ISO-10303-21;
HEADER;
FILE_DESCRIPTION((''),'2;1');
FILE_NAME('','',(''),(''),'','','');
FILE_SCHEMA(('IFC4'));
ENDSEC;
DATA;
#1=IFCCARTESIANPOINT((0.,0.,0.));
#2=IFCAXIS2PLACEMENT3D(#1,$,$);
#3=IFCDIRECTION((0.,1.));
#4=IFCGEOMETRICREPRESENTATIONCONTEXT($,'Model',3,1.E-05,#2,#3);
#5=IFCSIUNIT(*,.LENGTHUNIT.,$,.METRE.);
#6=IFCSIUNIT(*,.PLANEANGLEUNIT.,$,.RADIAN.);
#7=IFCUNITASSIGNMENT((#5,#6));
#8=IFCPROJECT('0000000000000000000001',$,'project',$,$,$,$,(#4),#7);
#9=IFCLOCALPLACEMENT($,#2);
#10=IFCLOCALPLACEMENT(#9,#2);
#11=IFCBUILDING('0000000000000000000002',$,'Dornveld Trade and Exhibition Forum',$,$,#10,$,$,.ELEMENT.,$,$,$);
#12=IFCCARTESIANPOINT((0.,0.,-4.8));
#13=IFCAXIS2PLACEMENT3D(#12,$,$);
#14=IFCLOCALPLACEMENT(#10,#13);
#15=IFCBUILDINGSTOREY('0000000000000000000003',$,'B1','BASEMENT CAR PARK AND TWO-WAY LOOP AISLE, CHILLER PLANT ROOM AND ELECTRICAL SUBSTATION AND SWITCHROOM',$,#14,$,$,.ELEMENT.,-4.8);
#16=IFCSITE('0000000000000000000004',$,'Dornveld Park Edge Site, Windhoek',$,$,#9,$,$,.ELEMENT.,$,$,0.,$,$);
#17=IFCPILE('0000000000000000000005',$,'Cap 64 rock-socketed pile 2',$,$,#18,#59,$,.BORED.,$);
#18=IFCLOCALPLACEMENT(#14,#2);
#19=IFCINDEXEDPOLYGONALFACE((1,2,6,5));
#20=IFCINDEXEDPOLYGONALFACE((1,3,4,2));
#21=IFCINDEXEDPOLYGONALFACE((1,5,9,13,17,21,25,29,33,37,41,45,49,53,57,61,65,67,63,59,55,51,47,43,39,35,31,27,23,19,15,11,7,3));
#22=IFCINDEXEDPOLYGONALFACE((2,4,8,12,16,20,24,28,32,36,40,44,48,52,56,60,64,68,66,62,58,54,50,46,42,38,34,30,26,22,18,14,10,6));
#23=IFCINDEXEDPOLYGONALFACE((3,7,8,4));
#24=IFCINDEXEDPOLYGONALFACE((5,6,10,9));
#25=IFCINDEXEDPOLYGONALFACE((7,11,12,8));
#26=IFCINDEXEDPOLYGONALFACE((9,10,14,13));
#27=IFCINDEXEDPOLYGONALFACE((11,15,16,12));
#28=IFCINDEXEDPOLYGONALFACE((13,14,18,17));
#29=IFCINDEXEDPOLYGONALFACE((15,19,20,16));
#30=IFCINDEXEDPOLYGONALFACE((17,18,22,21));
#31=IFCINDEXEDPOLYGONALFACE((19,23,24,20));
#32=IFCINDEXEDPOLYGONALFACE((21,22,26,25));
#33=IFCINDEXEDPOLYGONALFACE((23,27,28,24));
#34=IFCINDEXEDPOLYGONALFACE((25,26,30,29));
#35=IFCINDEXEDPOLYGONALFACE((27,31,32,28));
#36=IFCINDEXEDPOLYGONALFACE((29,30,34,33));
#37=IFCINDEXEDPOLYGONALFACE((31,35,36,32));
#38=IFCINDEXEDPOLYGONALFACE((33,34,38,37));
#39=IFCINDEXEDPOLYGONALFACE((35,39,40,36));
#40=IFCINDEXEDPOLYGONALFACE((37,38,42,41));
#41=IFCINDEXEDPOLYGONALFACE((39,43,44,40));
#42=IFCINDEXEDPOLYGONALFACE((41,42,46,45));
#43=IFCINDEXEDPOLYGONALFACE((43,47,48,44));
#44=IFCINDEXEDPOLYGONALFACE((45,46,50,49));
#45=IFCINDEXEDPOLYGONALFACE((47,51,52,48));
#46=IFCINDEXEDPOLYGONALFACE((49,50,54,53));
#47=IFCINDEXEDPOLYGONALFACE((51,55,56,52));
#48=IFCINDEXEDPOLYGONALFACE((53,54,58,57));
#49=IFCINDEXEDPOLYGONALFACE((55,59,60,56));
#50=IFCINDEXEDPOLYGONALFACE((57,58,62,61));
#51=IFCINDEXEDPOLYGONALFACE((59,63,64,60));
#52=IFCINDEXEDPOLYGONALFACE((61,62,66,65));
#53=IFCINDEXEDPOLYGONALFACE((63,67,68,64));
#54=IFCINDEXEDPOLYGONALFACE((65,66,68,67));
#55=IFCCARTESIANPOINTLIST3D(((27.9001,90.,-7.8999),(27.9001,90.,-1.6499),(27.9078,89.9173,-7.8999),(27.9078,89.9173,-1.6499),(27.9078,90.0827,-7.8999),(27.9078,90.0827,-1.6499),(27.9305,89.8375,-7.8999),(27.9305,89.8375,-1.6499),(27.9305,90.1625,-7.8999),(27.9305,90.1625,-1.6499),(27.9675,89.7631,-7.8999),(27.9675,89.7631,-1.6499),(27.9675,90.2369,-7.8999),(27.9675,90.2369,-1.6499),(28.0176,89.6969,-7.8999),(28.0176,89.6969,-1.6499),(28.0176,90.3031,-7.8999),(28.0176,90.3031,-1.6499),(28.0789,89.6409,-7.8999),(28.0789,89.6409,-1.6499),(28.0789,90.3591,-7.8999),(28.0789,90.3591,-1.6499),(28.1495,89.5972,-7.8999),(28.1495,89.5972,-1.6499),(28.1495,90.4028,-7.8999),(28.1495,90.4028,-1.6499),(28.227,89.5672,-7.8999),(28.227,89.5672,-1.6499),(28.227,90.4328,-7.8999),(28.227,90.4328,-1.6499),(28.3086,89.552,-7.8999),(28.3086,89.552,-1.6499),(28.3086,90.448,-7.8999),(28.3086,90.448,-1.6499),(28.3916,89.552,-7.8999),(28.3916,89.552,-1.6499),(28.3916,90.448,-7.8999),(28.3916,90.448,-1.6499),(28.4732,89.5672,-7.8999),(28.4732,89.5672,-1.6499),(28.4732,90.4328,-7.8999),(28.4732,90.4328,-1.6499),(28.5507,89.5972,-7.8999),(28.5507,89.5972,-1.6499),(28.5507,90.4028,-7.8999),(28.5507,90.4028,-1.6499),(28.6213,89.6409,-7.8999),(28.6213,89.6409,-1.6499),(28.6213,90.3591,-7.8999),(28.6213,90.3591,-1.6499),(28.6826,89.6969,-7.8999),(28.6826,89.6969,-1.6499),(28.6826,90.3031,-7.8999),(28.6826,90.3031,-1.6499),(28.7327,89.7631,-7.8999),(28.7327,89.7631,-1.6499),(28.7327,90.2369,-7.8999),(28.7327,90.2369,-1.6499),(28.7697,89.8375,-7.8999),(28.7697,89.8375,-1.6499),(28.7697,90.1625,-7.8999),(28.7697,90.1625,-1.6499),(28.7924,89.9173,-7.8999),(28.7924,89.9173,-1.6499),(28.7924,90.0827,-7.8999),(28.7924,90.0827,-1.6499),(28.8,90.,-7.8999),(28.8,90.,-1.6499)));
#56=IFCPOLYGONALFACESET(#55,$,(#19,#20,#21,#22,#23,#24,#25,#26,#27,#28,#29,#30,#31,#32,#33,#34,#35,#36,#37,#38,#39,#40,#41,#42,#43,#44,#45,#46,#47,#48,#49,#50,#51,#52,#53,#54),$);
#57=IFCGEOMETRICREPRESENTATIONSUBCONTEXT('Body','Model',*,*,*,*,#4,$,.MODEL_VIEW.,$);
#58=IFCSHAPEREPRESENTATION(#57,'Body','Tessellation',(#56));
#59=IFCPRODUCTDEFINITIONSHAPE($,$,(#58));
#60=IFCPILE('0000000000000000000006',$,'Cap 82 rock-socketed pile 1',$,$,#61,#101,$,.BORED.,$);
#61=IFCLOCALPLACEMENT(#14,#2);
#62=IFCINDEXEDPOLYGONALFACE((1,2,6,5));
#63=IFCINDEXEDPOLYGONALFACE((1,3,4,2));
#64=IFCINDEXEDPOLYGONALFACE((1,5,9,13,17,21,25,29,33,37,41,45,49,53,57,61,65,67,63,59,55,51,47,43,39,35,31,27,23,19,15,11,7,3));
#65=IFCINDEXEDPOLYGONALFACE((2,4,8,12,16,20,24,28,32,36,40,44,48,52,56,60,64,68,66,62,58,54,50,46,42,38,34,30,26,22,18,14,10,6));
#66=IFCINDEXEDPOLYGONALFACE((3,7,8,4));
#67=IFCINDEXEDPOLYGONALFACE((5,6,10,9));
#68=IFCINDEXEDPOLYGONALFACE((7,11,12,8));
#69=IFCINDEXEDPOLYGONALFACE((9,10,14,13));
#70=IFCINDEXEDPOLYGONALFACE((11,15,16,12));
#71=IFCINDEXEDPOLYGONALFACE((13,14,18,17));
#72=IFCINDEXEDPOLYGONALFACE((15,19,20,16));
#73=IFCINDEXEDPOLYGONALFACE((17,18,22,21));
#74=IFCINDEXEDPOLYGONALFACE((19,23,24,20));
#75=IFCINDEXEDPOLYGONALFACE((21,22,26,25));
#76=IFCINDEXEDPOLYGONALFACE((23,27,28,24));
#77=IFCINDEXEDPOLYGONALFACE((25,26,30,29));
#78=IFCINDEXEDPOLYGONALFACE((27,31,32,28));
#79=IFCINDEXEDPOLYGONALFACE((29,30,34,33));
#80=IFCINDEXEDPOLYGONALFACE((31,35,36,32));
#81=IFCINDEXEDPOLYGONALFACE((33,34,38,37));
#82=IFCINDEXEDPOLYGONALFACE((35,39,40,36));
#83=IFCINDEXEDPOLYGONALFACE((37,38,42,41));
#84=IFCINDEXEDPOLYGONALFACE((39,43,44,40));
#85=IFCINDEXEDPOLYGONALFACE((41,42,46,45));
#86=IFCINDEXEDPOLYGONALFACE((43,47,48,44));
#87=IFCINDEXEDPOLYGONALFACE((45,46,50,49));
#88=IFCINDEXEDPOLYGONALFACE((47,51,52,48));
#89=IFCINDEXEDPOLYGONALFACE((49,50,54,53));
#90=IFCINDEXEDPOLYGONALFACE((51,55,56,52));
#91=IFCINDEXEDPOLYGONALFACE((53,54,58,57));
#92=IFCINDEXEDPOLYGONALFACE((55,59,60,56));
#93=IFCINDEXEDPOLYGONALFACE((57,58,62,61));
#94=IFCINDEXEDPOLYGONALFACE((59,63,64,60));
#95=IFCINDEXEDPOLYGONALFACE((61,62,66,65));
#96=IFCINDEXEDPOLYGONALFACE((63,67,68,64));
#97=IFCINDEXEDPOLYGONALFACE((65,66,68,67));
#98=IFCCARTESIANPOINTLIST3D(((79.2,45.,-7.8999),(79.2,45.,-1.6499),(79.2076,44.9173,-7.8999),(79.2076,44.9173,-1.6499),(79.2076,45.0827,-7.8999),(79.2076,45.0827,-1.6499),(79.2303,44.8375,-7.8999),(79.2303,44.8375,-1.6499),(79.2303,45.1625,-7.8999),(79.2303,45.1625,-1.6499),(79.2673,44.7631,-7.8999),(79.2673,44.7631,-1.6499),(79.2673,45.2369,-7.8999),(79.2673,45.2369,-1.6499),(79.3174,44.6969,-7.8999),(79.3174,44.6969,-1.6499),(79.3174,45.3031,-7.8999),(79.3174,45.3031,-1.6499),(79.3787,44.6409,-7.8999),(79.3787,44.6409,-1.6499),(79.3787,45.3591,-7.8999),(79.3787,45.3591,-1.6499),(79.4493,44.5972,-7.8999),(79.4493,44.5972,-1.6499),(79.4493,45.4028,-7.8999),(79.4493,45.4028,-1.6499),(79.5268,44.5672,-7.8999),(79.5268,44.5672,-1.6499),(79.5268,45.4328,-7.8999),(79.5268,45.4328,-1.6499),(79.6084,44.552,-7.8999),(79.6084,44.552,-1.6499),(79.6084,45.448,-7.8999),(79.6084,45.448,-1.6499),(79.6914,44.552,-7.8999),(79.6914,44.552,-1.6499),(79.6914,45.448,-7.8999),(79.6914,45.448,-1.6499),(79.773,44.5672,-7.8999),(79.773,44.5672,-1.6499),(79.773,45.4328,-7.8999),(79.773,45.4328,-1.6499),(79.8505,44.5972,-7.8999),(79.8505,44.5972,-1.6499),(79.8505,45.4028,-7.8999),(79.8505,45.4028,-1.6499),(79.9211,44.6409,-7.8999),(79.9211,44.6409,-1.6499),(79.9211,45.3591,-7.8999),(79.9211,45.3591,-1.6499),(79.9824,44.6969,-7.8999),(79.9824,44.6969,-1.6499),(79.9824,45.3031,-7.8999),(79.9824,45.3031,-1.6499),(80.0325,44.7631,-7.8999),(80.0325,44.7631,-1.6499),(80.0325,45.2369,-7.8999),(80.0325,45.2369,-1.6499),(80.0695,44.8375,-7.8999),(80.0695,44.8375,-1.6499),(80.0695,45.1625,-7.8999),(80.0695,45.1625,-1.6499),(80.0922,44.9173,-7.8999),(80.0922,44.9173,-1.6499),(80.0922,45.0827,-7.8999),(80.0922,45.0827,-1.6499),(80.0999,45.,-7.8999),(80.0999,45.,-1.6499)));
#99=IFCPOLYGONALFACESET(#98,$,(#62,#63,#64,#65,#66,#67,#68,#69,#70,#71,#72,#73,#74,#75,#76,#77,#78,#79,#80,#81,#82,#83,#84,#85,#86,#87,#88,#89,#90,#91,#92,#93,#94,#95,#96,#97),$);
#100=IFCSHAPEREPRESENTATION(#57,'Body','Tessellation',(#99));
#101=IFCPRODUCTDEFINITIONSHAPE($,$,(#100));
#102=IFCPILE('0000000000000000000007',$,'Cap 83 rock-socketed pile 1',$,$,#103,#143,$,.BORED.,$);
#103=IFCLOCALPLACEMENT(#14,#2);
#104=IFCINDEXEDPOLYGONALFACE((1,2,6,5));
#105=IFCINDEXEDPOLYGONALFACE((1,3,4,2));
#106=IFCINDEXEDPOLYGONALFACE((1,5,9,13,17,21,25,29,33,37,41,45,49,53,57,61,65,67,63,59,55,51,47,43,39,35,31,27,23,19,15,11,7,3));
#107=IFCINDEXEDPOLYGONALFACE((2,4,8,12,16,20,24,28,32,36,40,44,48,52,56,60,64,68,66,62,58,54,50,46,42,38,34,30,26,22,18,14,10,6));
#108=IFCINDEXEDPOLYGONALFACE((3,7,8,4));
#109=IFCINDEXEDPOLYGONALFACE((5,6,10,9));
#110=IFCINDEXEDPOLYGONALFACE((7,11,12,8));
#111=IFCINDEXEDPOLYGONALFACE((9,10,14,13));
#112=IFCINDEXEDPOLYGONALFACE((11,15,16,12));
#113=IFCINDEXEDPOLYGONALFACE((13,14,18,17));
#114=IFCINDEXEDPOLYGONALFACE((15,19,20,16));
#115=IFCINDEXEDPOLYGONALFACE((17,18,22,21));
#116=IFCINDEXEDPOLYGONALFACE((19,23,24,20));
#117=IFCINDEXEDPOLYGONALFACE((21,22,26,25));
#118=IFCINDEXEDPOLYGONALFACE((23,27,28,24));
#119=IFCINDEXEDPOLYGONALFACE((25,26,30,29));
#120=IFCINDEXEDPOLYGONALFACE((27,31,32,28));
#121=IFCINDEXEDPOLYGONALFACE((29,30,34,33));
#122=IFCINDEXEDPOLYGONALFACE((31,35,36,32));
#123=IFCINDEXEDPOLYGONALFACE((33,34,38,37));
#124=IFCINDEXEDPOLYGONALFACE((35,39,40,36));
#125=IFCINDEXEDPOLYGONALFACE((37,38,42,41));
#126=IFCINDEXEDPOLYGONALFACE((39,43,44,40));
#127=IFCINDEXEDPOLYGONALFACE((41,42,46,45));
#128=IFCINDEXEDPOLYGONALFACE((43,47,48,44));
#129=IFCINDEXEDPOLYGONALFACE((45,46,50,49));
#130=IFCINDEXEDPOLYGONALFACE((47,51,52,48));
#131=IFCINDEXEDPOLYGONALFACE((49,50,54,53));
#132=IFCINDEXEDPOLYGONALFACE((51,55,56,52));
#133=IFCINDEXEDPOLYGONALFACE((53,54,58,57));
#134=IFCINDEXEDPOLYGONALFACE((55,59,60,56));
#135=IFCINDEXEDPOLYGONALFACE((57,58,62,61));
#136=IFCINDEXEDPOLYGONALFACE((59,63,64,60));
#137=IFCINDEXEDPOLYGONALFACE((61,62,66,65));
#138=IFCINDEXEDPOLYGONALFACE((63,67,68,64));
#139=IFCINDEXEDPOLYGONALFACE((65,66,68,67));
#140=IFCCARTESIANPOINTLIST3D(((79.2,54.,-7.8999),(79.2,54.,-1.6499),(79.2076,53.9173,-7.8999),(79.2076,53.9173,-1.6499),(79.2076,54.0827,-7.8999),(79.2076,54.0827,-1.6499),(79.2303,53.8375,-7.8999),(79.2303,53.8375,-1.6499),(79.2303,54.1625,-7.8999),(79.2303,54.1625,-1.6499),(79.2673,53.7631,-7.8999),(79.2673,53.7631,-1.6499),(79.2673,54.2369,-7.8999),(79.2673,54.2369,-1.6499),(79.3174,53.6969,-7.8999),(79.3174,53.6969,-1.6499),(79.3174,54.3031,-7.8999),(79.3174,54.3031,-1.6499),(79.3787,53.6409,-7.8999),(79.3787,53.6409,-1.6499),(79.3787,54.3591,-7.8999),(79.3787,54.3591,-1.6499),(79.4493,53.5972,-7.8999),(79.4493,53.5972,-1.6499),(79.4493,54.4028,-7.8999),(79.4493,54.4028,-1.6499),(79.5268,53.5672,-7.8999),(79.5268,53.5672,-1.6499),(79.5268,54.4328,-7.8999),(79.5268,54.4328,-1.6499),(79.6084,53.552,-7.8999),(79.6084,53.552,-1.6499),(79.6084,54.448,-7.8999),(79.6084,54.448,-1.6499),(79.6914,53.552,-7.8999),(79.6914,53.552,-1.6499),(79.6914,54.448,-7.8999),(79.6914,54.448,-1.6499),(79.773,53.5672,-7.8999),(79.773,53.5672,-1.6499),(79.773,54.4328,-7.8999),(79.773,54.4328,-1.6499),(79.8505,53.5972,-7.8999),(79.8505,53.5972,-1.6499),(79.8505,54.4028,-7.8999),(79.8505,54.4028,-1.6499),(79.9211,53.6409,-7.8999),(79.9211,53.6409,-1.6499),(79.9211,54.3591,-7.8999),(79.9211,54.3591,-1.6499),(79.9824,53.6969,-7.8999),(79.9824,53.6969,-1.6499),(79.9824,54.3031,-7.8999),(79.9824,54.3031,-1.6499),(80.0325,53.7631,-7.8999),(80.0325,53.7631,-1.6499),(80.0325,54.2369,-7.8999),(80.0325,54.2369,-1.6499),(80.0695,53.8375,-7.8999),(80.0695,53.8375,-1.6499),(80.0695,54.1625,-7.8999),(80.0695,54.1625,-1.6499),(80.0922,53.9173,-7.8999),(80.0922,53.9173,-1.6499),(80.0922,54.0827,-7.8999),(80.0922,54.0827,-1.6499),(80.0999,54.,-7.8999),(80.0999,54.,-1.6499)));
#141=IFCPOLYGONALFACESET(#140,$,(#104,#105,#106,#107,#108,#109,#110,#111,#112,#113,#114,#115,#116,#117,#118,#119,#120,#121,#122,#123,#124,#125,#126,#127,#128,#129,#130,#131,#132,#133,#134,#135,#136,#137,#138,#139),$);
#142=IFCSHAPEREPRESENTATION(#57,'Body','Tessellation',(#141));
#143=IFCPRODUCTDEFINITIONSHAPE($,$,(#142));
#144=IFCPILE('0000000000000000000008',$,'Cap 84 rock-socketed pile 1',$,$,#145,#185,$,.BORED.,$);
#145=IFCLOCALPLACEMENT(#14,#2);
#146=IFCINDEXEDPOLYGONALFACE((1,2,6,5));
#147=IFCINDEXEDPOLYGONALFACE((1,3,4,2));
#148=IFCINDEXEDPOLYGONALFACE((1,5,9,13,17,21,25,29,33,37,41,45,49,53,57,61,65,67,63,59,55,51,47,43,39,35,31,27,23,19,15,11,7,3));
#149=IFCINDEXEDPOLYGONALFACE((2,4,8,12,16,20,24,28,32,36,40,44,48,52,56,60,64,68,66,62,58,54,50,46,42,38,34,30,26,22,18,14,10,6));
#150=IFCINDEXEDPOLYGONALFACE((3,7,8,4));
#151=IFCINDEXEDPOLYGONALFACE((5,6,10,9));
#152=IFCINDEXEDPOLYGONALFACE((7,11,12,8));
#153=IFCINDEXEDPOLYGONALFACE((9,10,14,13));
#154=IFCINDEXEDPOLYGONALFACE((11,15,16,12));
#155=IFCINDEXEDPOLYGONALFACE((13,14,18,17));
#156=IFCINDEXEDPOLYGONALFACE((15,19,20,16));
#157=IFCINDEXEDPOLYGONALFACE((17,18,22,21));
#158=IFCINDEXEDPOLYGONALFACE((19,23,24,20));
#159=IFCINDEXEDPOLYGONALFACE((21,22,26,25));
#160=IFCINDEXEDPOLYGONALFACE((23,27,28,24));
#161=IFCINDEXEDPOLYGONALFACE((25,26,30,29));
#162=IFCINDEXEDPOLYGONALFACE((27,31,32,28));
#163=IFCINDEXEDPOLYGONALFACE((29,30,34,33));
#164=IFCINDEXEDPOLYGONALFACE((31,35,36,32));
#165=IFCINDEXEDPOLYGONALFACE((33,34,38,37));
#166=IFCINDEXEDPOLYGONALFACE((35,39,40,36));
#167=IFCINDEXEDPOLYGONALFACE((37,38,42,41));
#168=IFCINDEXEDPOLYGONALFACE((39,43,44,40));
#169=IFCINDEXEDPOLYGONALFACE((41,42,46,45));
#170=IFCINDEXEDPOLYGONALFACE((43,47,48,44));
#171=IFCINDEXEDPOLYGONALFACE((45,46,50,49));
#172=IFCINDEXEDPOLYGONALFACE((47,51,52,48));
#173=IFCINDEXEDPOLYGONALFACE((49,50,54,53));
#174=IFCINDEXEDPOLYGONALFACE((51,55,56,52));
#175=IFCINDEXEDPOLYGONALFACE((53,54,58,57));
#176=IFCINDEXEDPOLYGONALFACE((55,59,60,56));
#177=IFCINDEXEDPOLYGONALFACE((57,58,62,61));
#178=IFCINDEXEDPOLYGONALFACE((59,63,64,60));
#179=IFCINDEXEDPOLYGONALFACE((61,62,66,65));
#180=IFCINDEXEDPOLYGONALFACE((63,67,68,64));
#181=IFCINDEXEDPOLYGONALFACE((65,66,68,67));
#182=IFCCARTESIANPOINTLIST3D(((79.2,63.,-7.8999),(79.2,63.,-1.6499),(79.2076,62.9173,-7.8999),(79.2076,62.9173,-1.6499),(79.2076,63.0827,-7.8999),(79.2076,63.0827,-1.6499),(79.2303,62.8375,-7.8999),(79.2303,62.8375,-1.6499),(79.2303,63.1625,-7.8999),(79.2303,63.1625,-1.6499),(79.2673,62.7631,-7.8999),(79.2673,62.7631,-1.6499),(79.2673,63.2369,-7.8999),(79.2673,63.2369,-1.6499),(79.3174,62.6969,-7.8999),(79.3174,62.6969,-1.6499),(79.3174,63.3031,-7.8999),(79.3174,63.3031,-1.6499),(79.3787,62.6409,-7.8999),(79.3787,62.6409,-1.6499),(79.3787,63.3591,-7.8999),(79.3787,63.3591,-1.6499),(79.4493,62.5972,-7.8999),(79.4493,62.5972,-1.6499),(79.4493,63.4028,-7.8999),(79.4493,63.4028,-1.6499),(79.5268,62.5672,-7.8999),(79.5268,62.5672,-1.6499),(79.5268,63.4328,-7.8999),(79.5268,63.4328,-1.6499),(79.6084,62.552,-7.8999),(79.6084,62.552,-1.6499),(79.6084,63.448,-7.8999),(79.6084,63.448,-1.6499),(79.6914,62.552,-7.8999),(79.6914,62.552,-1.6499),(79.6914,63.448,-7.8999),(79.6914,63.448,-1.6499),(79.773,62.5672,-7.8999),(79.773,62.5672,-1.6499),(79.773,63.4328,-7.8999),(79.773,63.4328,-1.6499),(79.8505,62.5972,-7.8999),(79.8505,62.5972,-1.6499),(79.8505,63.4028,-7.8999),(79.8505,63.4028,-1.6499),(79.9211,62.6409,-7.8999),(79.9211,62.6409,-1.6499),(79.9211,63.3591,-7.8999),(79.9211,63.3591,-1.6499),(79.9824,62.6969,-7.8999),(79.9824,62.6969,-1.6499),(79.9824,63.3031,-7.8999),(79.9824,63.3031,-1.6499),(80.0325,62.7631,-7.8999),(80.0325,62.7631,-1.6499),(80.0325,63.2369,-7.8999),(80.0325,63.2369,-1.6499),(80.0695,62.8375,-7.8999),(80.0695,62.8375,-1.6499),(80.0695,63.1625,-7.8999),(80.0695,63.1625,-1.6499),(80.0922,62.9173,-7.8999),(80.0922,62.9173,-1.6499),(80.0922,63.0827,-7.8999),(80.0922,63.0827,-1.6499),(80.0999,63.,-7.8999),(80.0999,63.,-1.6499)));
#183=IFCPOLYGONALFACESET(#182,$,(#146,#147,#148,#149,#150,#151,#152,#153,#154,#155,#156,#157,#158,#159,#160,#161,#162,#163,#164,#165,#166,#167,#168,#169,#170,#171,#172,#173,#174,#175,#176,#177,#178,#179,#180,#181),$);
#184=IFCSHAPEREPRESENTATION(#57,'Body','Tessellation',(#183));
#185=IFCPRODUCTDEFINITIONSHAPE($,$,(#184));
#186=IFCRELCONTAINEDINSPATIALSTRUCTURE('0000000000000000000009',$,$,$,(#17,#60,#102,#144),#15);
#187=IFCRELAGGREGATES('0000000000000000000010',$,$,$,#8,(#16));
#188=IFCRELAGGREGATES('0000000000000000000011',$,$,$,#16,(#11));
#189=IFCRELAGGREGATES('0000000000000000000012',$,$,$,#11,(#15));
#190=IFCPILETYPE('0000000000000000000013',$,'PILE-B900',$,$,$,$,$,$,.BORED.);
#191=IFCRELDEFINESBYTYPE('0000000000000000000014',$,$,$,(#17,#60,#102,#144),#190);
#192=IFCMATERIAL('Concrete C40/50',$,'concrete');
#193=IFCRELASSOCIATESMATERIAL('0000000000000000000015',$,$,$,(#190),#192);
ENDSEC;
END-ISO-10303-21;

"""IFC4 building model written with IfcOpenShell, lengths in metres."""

from ifc_helpers import new_model, si_unit, direction, frame, origin, origin_2d, place, context, subcontext, project, spatial, circle, extrude, material, material_profile, profile_set, type_object, element, save


model = new_model("IFC4")

# Units and contexts
model_context = context("Model", 3, precision=1e-05, world=origin(), true_north=direction((0.0, 1.0)))
body_context = subcontext(model_context, "Body", "Model", "MODEL_VIEW")
ifc_project = project(units=[si_unit("LENGTHUNIT", "METRE"), si_unit("PLANEANGLEUNIT", "RADIAN")], contexts=[model_context])

# Site, building, storey
site_placement = place(None, origin())
site = spatial("IfcSite", under=ifc_project, at=site_placement, Name="Dornveld Park Edge Site, Windhoek", CompositionType="ELEMENT", RefElevation=0.0)
building_placement = place(site_placement, origin())
building = spatial("IfcBuilding", under=site, at=building_placement, Name="Dornveld Trade and Exhibition Forum", CompositionType="ELEMENT")
storey_placement = place(building_placement, frame((0.0, 0.0, -4.8)))
storey = spatial("IfcBuildingStorey", under=building, at=storey_placement, Name="B1", Description="BASEMENT CAR PARK AND TWO-WAY LOOP AISLE, CHILLER PLANT ROOM AND ELECTRICAL SUBSTATION AND SWITCHROOM", CompositionType="ELEMENT", Elevation=-4.8)

# Piles
ifc_material_1 = material(Name="Concrete C40/50", Category="concrete")
ifc_material_profile_1 = material_profile(ifc_material_1, circle(Radius=0.45, at=origin_2d()), Name="PILE D900")
ifc_profile_set_1 = profile_set([ifc_material_profile_1], Name="Concrete C40/50")
pile_type_1 = type_object("IfcPileType", Name="PILE-B900", PredefinedType="BORED", material=ifc_profile_set_1)
for number, where, z_axis, x_axis, name in (
    (1, (28.3501, 90.0, -1.6499), (0.0, 0.0, -1.0), (1.0, 0.0, 0.0), "Cap 64 rock-socketed pile 2"),
    (2, (79.6499, 45.0, -1.6499), (0.0, 0.0, -1.0), (1.0, 0.0, 0.0), "Cap 82 rock-socketed pile 1"),
    (3, (79.6499, 54.0, -1.6499), (0.0, 0.0, -1.0), (1.0, 0.0, 0.0), "Cap 83 rock-socketed pile 1"),
    (4, (79.6499, 63.0, -1.6499), (0.0, 0.0, -1.0), (1.0, 0.0, 0.0), "Cap 84 rock-socketed pile 1"),
):
    element("IfcPile", number, at=place(storey_placement, frame(where, z_axis=z_axis, x_axis=x_axis)), inside=storey, type_object=pile_type_1, Name=name, PredefinedType="BORED", context=body_context, shape_type="SweptSolid", body=[
        extrude(circle(Radius=0.45, at=origin_2d()), origin(), (0.0, 0.0, 1.0), 6.25),
    ])

save(model, "model.ifc")
